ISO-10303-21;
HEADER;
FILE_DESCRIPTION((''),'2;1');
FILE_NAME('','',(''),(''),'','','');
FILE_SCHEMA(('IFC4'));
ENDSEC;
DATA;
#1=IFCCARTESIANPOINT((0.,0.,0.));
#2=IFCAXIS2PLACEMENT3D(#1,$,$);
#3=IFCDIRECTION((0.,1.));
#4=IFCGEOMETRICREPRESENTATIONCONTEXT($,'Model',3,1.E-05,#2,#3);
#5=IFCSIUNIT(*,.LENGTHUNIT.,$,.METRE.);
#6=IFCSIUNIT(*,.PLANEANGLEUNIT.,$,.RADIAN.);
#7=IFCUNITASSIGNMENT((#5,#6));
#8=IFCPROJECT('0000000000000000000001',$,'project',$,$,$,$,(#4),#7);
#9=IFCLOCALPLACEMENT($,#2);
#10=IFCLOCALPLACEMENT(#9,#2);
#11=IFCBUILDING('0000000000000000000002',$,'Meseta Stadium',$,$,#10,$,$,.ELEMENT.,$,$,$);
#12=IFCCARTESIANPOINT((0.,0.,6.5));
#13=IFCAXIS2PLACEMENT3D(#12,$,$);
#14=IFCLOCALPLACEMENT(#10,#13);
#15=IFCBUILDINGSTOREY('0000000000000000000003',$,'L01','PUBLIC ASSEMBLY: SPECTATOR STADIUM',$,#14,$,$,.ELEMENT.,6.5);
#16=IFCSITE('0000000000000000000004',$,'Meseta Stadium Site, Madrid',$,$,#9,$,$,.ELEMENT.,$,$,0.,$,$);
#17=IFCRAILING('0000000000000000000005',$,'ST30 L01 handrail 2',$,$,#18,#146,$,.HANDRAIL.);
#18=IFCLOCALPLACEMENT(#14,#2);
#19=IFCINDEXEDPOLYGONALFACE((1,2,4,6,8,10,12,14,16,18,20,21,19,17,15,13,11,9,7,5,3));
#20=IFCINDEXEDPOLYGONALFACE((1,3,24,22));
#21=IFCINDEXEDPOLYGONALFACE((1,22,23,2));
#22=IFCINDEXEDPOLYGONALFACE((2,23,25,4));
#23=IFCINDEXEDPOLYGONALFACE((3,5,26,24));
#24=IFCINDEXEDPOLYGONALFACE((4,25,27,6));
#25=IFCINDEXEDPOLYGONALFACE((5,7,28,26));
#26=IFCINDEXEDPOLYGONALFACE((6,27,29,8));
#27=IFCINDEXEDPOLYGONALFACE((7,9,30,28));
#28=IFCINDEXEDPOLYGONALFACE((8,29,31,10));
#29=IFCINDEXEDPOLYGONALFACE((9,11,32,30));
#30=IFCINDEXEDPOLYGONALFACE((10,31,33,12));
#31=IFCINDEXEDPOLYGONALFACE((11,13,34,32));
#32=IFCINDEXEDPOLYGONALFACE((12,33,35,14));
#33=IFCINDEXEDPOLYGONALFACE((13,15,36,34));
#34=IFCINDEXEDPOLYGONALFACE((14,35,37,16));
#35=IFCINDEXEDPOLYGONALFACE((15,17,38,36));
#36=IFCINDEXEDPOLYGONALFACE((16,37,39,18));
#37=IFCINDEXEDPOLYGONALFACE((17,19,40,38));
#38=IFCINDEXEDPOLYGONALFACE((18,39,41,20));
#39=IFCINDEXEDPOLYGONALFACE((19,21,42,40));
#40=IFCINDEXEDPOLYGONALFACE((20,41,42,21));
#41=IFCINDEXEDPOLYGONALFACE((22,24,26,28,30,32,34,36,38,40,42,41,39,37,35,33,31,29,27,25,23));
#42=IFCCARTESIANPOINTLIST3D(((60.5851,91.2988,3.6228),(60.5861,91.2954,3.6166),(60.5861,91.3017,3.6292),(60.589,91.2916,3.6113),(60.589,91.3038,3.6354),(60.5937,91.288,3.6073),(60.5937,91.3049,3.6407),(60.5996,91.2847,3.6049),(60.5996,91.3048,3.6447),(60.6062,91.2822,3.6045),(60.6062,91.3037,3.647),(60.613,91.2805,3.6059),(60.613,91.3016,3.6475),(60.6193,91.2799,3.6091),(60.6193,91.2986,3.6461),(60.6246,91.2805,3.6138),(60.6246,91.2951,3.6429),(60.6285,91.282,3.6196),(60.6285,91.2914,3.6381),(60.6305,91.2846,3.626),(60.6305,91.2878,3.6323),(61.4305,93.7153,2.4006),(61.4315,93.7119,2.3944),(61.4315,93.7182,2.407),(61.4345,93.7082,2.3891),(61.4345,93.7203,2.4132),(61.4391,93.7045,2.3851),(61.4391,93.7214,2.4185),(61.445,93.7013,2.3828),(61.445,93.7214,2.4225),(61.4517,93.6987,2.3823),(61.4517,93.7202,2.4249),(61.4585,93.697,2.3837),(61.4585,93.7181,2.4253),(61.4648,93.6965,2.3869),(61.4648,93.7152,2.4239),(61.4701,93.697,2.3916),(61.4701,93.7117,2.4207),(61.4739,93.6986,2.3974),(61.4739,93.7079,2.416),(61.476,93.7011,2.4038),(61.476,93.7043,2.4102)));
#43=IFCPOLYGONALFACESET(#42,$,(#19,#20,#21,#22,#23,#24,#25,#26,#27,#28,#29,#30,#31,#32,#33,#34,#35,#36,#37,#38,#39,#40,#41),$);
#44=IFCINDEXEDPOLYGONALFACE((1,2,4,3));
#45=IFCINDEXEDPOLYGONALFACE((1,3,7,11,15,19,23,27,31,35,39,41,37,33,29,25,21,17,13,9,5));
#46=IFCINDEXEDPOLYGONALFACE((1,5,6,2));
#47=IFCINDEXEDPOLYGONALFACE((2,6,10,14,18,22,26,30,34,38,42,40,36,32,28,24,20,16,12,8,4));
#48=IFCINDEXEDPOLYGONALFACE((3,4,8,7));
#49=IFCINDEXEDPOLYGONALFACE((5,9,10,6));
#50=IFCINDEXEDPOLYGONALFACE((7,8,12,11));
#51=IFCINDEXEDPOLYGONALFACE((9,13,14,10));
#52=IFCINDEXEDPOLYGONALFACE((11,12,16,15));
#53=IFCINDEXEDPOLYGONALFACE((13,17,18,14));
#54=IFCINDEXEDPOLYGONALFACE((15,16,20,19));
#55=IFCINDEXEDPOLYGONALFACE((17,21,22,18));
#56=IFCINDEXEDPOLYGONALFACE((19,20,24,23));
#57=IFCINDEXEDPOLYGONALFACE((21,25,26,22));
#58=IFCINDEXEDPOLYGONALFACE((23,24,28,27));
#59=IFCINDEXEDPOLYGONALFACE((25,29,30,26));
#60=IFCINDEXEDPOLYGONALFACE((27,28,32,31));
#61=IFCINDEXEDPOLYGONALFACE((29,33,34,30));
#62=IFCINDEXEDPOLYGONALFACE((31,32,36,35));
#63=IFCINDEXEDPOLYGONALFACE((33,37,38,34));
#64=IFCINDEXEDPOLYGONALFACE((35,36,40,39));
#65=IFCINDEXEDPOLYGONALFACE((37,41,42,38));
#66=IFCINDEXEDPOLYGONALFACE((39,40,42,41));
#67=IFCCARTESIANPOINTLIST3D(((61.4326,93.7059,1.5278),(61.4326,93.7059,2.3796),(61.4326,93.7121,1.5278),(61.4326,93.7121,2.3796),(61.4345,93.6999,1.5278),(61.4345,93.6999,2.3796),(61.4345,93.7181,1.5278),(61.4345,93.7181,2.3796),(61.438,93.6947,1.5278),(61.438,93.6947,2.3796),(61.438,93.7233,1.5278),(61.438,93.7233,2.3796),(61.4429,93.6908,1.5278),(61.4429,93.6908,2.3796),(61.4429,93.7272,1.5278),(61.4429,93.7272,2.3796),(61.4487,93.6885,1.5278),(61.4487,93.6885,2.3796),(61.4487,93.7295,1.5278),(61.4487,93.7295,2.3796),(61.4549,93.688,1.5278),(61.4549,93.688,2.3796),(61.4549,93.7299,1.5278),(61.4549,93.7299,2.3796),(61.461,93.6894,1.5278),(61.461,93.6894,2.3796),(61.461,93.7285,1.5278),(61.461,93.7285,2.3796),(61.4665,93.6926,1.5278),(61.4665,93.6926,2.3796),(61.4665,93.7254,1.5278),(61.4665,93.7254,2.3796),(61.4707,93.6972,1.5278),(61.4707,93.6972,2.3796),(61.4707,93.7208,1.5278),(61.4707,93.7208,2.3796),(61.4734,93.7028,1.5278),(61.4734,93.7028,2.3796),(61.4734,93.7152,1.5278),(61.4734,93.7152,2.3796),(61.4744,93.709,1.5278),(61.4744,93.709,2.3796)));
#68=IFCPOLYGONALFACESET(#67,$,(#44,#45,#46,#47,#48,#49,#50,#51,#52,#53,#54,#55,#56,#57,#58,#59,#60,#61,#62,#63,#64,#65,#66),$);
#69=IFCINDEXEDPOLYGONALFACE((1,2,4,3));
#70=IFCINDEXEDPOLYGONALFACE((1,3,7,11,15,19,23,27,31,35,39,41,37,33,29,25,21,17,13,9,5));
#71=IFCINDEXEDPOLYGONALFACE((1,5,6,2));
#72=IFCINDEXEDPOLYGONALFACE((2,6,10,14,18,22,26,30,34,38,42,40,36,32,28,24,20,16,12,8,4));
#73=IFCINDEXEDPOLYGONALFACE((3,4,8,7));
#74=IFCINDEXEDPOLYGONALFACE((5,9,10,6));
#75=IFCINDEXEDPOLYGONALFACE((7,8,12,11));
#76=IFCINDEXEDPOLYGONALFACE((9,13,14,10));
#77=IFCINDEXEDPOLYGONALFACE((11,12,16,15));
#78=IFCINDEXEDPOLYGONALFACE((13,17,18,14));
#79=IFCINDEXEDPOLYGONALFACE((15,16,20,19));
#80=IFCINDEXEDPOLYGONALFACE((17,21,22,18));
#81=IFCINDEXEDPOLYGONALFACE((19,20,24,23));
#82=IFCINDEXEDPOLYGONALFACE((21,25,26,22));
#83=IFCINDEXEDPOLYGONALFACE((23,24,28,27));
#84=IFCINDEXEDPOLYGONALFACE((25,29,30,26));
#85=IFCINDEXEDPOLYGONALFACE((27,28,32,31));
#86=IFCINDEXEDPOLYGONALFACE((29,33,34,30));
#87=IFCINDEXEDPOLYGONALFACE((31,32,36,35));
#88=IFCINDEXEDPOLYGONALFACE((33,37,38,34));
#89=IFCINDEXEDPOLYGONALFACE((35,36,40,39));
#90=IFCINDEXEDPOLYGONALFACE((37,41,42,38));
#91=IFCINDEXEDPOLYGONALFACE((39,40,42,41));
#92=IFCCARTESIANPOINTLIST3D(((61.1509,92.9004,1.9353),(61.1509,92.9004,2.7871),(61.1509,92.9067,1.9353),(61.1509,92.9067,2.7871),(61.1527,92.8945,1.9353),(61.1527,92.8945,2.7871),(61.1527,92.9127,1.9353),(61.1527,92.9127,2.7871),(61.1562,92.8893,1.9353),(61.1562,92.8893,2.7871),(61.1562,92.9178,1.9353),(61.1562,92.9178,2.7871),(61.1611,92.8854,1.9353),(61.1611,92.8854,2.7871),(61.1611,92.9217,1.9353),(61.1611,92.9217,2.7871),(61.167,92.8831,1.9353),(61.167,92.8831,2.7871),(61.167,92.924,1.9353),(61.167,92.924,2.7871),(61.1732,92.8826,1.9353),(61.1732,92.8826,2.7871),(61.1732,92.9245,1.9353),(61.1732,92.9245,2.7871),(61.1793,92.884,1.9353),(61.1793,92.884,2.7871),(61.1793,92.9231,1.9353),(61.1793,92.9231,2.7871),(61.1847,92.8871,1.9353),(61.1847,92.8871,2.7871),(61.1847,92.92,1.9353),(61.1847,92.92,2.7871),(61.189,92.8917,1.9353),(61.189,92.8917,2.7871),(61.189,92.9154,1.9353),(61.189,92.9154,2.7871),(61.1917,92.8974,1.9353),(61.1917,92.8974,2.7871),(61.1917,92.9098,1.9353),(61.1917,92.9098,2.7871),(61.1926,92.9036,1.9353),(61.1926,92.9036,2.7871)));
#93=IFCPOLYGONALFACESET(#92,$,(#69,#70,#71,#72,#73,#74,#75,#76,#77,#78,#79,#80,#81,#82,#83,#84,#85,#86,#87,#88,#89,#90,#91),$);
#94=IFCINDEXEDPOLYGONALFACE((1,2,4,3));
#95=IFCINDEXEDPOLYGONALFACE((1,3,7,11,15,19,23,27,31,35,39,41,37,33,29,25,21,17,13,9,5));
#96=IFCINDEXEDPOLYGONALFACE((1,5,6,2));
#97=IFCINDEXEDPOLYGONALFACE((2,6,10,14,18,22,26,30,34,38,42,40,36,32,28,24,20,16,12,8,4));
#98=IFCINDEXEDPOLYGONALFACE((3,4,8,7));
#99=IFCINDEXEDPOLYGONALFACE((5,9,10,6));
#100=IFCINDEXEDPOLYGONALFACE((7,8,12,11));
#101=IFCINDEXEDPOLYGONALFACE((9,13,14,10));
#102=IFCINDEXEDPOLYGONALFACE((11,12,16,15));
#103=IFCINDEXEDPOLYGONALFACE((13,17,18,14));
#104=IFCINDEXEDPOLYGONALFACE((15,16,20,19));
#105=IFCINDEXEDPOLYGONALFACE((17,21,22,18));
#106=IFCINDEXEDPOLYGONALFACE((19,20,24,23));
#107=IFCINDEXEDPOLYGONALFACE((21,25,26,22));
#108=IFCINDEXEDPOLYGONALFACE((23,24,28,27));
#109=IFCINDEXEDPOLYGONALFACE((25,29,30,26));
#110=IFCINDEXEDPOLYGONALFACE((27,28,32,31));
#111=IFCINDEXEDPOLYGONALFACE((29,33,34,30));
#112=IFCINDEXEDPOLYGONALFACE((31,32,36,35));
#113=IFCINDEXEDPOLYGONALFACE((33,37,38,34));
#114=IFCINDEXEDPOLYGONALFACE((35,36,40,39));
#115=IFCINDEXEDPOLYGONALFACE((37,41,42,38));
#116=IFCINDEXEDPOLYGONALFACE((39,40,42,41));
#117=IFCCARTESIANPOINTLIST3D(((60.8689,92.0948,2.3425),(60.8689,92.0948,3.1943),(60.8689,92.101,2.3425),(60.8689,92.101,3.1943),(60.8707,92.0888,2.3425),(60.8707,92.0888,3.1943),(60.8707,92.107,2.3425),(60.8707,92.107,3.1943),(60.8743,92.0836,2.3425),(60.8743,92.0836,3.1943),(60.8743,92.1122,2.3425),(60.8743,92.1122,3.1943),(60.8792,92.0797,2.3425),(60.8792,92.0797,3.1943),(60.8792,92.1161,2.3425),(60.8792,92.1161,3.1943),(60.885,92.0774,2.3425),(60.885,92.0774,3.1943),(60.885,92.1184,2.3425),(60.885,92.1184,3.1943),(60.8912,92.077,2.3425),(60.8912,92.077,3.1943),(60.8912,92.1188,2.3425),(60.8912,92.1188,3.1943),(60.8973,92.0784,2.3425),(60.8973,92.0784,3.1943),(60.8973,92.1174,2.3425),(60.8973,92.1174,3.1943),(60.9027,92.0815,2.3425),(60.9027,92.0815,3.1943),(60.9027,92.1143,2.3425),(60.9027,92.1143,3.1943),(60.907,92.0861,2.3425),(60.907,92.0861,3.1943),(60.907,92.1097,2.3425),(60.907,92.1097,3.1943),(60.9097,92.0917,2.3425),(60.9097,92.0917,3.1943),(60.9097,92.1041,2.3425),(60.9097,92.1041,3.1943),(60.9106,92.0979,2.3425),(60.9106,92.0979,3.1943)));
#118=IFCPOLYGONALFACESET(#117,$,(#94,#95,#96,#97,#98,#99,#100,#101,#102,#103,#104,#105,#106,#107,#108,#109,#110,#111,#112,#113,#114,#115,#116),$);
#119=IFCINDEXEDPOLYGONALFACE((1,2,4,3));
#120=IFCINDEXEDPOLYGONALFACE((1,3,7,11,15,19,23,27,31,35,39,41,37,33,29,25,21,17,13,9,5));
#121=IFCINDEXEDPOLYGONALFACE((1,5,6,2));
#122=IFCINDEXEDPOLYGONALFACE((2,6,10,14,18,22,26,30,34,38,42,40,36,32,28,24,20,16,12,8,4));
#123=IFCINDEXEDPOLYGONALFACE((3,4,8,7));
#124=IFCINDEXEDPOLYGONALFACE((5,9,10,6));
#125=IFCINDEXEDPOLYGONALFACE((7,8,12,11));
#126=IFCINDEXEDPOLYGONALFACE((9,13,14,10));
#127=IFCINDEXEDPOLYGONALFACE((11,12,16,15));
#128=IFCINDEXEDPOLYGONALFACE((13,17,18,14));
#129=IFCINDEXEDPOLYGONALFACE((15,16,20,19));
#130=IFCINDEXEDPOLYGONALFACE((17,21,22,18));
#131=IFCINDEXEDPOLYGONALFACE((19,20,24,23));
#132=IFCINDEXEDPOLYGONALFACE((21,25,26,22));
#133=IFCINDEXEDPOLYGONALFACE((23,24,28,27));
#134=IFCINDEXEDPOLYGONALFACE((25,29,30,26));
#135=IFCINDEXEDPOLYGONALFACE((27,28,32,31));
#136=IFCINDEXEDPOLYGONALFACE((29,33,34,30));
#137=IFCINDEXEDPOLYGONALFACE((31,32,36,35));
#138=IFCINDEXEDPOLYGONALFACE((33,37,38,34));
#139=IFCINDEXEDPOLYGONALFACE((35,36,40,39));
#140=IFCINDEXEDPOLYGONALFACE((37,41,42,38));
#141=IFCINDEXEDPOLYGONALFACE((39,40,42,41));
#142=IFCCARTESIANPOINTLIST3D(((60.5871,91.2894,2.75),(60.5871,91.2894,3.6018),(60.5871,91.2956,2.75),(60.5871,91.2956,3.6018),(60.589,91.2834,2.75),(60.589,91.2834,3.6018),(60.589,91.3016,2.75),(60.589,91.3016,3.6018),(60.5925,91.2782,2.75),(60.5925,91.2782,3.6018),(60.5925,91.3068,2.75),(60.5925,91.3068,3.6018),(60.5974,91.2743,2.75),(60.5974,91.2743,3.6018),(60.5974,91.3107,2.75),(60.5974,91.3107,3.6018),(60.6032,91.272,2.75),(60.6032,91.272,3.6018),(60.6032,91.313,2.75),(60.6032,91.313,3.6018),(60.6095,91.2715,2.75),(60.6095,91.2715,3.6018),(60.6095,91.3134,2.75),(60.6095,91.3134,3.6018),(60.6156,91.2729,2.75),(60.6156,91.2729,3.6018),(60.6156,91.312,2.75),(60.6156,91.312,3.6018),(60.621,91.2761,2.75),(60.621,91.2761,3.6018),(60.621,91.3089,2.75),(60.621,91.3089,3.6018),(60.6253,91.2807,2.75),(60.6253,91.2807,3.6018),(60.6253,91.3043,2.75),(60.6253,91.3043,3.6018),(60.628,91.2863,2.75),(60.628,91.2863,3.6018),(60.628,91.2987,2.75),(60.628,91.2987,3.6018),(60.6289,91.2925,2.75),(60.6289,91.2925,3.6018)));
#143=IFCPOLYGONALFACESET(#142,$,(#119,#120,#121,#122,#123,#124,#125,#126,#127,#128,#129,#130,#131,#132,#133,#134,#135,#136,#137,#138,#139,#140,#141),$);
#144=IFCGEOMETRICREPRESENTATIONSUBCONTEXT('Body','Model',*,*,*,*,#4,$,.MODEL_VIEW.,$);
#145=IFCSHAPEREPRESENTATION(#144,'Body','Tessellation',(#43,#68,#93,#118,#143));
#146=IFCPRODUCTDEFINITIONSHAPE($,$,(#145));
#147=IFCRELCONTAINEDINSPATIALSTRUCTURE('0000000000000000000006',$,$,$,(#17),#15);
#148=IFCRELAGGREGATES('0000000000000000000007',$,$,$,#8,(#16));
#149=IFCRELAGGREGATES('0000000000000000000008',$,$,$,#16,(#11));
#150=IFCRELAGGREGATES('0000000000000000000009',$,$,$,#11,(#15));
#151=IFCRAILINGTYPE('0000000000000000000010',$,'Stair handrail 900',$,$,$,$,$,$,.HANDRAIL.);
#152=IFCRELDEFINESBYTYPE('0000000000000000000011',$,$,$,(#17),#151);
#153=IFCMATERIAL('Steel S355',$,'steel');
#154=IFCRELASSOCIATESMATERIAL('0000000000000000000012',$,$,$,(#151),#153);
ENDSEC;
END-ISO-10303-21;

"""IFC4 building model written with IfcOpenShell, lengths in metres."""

from ifc_helpers import new_model, si_unit, direction, frame, origin, origin_2d, place, context, subcontext, project, spatial, circle, extrude, material, type_object, element, save


model = new_model("IFC4")

# Units and contexts
model_context = context("Model", 3, precision=1e-05, world=origin(), true_north=direction((0.0, 1.0)))
body_context = subcontext(model_context, "Body", "Model", "MODEL_VIEW")
ifc_project = project(units=[si_unit("LENGTHUNIT", "METRE"), si_unit("PLANEANGLEUNIT", "RADIAN")], contexts=[model_context])

# Site, building, storey
site_placement = place(None, origin())
site = spatial("IfcSite", under=ifc_project, at=site_placement, Name="Meseta Stadium Site, Madrid", CompositionType="ELEMENT", RefElevation=0.0)
building_placement = place(site_placement, origin())
building = spatial("IfcBuilding", under=site, at=building_placement, Name="Meseta Stadium", CompositionType="ELEMENT")
storey_placement = place(building_placement, frame((0.0, 0.0, 6.5)))
storey = spatial("IfcBuildingStorey", under=building, at=storey_placement, Name="L01", Description="PUBLIC ASSEMBLY: SPECTATOR STADIUM", CompositionType="ELEMENT", Elevation=6.5)

# Railing
ifc_material_1 = material(Name="Steel S355", Category="steel")
railing_type_1 = type_object("IfcRailingType", Name="Stair handrail 900", PredefinedType="HANDRAIL", material=ifc_material_1)
for number, where, name in (
    (1, (61.4534, 93.709, 1.5278), "ST30 L01 handrail 2"),
):
    element("IfcRailing", number, at=place(storey_placement, frame(where)), inside=storey, type_object=railing_type_1, Name=name, PredefinedType="HANDRAIL", context=body_context, shape_type="SweptSolid", body=[
        extrude(circle(Radius=0.0239, at=origin_2d()), frame((0.0, 0.0, 0.876), z_axis=(-0.298022, -0.851812, 0.430811), x_axis=(0.943897, -0.33024, 0.0)), (0.0, 0.0, 1.0), 2.8369),
        extrude(circle(Radius=0.021, at=origin_2d()), origin(), (0.0, 0.0, 1.0), 0.8518),
        extrude(circle(Radius=0.021, at=origin_2d()), frame((-0.2817, -0.8054, 0.4075)), (0.0, 0.0, 1.0), 0.8518),
        extrude(circle(Radius=0.021, at=origin_2d()), frame((-0.5637, -1.6111, 0.8147)), (0.0, 0.0, 1.0), 0.8518),
        extrude(circle(Radius=0.021, at=origin_2d()), frame((-0.8455, -2.4165, 1.2222)), (0.0, 0.0, 1.0), 0.8518),
    ])

save(model, "model.ifc")
